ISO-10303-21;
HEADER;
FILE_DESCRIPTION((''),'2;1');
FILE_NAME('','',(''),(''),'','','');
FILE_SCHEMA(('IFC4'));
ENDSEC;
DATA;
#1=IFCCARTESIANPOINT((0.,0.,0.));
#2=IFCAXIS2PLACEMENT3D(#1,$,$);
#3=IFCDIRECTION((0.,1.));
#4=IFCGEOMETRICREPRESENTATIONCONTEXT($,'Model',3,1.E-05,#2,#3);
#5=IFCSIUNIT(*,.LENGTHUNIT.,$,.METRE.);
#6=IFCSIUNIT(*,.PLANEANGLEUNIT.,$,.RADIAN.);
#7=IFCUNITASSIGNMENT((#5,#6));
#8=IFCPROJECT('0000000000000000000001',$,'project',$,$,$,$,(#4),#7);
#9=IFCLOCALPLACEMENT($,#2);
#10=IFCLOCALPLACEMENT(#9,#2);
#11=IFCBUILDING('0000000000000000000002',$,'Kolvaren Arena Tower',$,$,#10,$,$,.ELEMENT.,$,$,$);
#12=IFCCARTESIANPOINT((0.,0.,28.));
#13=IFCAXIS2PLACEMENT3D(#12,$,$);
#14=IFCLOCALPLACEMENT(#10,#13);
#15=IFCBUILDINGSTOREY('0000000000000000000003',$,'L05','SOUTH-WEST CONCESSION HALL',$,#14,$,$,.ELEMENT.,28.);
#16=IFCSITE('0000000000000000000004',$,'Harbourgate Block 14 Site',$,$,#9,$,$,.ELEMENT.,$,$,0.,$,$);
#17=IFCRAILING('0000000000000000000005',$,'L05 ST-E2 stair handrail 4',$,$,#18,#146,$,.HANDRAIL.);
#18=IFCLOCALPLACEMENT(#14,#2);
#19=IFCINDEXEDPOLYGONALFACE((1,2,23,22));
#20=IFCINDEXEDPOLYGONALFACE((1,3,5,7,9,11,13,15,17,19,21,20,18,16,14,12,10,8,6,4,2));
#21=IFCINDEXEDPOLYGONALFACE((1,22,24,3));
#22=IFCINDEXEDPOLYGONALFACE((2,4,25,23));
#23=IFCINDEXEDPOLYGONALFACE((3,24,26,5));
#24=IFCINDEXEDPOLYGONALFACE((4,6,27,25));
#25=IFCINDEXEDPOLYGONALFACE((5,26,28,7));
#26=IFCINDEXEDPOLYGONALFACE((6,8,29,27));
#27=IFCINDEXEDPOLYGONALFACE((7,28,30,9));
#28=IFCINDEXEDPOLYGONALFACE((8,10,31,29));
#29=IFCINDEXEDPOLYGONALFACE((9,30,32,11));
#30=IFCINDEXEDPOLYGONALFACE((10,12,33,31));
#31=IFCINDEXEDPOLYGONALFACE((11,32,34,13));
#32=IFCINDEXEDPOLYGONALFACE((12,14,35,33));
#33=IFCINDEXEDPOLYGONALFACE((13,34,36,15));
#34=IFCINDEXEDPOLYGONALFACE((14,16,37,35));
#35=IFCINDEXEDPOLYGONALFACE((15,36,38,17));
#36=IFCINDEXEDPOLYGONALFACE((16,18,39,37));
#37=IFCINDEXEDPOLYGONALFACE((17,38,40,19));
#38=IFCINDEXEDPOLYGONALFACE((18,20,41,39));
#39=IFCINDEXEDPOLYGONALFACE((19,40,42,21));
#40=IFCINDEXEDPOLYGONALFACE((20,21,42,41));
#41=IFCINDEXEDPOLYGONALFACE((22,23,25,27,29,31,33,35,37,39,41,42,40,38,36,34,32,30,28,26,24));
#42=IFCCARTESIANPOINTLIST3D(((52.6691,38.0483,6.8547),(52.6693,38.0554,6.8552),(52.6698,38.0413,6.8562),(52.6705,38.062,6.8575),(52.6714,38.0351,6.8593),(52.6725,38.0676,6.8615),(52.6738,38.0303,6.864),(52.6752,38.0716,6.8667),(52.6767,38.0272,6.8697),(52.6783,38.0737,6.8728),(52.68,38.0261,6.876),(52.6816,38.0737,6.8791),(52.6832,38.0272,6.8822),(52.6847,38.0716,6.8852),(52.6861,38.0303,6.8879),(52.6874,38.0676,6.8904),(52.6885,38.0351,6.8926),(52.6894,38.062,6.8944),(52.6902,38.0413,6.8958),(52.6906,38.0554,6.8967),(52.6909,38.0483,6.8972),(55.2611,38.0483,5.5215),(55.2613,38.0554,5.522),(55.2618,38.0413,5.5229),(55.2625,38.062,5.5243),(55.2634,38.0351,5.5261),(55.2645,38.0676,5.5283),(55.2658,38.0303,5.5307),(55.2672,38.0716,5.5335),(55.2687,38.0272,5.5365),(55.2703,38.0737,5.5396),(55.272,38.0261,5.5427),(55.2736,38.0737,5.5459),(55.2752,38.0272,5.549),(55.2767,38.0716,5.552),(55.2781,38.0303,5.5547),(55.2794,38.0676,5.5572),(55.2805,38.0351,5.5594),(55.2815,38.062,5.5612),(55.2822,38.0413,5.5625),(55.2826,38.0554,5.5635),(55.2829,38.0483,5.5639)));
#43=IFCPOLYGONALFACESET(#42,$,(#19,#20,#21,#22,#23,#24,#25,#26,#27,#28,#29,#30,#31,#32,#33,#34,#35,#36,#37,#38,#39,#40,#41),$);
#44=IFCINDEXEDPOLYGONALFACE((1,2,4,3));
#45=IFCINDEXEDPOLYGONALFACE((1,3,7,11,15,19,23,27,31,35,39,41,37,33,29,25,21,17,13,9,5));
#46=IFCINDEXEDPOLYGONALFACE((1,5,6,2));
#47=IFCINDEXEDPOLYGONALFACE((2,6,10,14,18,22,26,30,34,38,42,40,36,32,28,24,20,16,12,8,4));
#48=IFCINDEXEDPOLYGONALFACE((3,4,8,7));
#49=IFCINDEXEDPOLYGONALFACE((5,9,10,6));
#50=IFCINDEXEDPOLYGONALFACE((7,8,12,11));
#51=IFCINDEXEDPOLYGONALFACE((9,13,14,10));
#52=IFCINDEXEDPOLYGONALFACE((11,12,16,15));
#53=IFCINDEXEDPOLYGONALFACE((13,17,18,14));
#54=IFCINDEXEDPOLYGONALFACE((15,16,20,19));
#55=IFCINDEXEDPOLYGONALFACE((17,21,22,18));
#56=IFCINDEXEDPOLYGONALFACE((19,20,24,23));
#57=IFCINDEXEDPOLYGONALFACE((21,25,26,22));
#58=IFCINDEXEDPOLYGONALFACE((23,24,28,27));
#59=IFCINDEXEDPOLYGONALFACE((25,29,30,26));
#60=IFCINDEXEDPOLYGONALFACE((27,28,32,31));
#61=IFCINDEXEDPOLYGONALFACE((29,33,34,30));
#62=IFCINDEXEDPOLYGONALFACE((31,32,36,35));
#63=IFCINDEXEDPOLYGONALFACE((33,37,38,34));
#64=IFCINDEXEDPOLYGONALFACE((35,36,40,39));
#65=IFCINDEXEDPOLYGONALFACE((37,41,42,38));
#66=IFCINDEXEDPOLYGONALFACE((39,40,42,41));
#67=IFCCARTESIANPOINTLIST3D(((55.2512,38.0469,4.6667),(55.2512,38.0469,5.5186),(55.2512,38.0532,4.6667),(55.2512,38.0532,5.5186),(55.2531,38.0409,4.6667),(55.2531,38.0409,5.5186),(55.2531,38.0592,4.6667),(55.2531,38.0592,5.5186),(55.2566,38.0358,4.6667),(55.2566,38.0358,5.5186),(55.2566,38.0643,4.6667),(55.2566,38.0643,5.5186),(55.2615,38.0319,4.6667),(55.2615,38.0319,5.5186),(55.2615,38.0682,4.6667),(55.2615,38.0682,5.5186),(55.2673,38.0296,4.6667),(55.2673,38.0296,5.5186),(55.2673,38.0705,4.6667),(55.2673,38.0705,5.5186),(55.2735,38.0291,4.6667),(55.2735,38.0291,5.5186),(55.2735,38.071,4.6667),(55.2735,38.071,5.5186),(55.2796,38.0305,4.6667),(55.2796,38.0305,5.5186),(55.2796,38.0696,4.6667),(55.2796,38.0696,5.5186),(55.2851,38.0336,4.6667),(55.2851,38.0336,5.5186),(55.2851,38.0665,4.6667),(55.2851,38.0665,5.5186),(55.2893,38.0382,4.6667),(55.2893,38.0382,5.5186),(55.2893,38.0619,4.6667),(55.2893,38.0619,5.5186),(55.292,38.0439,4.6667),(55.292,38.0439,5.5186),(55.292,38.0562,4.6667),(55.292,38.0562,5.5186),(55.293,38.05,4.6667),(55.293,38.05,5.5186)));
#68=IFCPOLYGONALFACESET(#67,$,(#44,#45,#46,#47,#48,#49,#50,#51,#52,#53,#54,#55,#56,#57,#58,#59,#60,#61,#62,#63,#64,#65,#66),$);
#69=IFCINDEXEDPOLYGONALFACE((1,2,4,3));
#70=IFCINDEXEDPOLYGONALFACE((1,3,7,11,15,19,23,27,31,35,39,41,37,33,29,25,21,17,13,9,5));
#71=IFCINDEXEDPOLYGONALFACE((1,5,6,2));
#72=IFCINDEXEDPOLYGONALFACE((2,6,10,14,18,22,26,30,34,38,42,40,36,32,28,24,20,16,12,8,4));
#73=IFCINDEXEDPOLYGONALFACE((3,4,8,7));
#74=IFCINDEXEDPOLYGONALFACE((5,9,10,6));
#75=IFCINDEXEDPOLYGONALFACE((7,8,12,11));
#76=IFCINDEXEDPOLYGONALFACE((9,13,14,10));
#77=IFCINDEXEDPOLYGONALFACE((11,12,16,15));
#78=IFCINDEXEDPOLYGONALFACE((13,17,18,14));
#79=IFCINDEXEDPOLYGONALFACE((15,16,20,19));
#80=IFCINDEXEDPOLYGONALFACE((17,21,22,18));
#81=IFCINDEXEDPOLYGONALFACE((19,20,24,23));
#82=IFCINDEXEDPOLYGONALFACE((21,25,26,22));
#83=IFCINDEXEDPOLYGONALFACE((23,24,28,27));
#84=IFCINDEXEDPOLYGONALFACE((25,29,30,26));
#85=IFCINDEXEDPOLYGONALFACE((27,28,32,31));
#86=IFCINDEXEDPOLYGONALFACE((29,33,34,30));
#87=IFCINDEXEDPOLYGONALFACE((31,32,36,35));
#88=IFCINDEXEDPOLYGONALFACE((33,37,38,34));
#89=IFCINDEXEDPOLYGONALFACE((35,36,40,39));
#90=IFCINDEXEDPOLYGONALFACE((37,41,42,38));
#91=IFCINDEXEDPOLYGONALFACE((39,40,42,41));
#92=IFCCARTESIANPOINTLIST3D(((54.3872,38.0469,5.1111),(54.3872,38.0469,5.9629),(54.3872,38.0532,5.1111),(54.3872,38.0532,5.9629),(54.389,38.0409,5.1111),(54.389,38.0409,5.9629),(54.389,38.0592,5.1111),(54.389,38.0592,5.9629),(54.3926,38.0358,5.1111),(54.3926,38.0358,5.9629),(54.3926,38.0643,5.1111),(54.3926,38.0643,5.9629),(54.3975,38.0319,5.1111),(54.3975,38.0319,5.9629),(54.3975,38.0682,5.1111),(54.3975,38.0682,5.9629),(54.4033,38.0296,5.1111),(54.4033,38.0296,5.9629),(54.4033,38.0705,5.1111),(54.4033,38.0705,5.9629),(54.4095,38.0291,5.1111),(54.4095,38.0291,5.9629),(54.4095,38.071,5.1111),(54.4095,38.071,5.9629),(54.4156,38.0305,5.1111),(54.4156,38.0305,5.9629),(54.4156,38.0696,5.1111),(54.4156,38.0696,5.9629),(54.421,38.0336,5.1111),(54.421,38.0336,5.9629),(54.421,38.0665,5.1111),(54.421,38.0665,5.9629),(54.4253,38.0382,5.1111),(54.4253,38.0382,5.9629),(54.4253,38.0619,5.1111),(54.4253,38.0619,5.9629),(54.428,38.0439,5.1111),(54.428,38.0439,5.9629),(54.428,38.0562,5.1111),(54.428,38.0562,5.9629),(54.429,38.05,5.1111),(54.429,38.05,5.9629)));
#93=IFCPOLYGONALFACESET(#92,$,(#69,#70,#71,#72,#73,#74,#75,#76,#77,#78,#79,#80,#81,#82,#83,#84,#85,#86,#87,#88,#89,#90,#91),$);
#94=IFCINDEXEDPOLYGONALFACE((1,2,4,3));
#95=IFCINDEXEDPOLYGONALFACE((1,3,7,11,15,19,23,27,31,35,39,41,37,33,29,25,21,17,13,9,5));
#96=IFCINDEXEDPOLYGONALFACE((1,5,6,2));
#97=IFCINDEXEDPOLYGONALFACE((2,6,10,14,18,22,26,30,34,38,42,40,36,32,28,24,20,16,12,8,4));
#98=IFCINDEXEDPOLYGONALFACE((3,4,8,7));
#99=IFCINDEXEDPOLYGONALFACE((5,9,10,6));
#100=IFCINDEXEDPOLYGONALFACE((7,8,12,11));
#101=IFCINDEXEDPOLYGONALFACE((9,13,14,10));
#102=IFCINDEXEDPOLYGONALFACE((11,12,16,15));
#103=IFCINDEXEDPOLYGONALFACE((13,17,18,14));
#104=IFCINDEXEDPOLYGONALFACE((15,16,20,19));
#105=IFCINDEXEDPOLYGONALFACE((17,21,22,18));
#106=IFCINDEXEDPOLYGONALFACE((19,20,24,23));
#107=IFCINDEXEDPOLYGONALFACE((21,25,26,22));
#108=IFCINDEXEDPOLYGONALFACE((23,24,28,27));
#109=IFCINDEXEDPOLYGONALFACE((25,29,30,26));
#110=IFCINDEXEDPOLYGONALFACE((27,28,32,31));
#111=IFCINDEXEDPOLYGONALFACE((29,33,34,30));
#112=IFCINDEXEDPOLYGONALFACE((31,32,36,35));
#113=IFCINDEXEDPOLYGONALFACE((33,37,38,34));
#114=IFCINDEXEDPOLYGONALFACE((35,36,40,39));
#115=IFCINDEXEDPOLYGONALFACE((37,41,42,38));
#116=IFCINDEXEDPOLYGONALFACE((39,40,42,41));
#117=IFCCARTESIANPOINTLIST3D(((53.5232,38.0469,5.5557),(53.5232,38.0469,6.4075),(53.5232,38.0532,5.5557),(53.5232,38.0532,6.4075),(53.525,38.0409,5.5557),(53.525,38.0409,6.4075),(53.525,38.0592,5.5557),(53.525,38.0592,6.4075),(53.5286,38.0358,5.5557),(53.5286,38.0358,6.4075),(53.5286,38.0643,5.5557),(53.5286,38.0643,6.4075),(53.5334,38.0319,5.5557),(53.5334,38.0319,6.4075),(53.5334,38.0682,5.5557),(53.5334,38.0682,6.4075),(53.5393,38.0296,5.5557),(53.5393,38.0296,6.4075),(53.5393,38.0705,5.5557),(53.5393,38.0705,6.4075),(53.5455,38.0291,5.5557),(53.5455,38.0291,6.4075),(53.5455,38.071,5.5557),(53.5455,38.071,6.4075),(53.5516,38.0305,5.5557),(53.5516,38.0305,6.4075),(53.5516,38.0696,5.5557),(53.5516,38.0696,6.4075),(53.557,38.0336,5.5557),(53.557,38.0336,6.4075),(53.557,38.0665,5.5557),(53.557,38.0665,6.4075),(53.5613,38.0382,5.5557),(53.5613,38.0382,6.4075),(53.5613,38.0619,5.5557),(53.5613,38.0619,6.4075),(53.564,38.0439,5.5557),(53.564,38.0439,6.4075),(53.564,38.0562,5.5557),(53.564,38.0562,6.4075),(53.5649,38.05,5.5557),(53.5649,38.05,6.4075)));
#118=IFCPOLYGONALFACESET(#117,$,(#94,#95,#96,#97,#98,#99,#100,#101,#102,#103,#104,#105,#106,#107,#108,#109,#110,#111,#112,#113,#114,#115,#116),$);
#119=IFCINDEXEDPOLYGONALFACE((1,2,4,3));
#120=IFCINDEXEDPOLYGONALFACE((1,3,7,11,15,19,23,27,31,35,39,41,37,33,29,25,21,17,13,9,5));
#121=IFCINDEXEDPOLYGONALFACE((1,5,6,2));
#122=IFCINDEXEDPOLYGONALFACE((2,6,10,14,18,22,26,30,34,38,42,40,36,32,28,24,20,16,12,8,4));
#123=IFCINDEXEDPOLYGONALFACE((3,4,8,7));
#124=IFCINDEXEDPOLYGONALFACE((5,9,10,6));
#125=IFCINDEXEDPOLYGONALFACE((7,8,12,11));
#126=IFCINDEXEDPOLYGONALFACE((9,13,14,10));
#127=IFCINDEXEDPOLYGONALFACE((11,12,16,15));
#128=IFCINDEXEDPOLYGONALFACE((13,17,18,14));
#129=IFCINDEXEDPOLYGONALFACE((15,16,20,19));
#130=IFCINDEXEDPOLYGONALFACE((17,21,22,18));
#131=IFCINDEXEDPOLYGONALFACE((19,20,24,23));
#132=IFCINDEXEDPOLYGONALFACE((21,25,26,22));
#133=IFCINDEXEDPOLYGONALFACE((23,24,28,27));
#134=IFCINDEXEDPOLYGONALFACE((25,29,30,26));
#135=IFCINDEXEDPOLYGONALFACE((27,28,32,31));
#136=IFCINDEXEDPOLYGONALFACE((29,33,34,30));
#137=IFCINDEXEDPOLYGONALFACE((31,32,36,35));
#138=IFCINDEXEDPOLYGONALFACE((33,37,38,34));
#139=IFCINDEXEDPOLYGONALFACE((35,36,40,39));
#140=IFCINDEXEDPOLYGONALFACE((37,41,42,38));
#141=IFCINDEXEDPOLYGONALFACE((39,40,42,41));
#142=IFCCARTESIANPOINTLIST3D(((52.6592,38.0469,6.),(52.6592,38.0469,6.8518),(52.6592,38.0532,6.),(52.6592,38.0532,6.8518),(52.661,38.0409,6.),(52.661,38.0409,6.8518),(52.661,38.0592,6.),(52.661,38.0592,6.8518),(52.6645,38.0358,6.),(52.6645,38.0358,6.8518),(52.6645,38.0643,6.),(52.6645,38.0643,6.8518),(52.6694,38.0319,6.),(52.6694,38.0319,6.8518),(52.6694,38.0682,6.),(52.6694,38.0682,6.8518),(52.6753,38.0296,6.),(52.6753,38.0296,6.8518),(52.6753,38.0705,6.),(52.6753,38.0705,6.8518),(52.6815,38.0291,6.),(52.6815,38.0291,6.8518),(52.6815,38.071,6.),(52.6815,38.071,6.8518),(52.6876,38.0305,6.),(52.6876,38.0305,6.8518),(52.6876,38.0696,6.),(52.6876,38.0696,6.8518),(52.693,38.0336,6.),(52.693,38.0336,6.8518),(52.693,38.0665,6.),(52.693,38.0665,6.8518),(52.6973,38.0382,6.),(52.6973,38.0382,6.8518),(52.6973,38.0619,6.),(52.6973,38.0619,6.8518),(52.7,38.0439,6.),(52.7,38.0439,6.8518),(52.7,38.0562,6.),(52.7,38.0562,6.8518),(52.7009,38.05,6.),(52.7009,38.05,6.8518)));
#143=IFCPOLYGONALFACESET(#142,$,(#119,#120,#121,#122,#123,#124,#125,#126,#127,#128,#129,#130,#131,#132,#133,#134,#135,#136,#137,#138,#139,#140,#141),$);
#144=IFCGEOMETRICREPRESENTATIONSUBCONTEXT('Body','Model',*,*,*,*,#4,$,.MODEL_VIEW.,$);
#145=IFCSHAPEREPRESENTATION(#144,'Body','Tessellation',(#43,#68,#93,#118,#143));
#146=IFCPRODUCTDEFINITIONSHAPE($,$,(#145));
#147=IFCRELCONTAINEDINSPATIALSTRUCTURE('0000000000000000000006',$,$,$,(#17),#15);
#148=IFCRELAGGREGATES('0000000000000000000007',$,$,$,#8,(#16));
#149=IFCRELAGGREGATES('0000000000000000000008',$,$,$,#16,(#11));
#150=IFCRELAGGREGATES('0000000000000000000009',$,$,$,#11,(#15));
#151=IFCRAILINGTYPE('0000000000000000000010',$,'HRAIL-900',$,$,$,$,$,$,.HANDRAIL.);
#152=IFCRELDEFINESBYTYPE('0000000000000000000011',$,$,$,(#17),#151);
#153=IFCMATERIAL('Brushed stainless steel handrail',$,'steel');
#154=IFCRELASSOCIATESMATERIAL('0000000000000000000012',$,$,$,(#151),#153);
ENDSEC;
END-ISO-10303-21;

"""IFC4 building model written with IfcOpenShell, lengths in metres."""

from ifc_helpers import new_model, si_unit, direction, frame, origin, origin_2d, place, context, subcontext, project, spatial, circle, extrude, material, type_object, element, save


model = new_model("IFC4")

# Units and contexts
model_context = context("Model", 3, precision=1e-05, world=origin(), true_north=direction((0.0, 1.0)))
body_context = subcontext(model_context, "Body", "Model", "MODEL_VIEW")
ifc_project = project(units=[si_unit("LENGTHUNIT", "METRE"), si_unit("PLANEANGLEUNIT", "RADIAN")], contexts=[model_context])

# Site, building, storey
site_placement = place(None, origin())
site = spatial("IfcSite", under=ifc_project, at=site_placement, Name="Harbourgate Block 14 Site", CompositionType="ELEMENT", RefElevation=0.0)
building_placement = place(site_placement, origin())
building = spatial("IfcBuilding", under=site, at=building_placement, Name="Kolvaren Arena Tower", CompositionType="ELEMENT")
storey_placement = place(building_placement, frame((0.0, 0.0, 28.0)))
storey = spatial("IfcBuildingStorey", under=building, at=storey_placement, Name="L05", Description="SOUTH-WEST CONCESSION HALL", CompositionType="ELEMENT", Elevation=28.0)

# Railing
ifc_material_1 = material(Name="Brushed stainless steel handrail", Category="steel")
railing_type_1 = type_object("IfcRailingType", Name="HRAIL-900", PredefinedType="HANDRAIL", material=ifc_material_1)
for number, where, name in (
    (1, (55.272, 38.05, 4.6667), "L05 ST-E2 stair handrail 4"),
):
    element("IfcRailing", number, at=place(storey_placement, frame(where)), inside=storey, type_object=railing_type_1, Name=name, PredefinedType="HANDRAIL", context=body_context, shape_type="SweptSolid", body=[
        extrude(circle(Radius=0.0239, at=origin_2d()), frame((0.0, 0.0, 0.876), z_axis=(-0.88926, 0.0, 0.457403), x_axis=(0.0, -1.0, 0.0)), (0.0, 0.0, 1.0), 2.9148),
        extrude(circle(Radius=0.021, at=origin_2d()), origin(), (0.0, 0.0, 1.0), 0.8518),
        extrude(circle(Radius=0.021, at=origin_2d()), frame((-0.864, 0.0, 0.4443)), (0.0, 0.0, 1.0), 0.8518),
        extrude(circle(Radius=0.021, at=origin_2d()), frame((-1.728, 0.0, 0.8889)), (0.0, 0.0, 1.0), 0.8518),
        extrude(circle(Radius=0.021, at=origin_2d()), frame((-2.592, 0.0, 1.3333)), (0.0, 0.0, 1.0), 0.8518),
    ])

save(model, "model.ifc")
